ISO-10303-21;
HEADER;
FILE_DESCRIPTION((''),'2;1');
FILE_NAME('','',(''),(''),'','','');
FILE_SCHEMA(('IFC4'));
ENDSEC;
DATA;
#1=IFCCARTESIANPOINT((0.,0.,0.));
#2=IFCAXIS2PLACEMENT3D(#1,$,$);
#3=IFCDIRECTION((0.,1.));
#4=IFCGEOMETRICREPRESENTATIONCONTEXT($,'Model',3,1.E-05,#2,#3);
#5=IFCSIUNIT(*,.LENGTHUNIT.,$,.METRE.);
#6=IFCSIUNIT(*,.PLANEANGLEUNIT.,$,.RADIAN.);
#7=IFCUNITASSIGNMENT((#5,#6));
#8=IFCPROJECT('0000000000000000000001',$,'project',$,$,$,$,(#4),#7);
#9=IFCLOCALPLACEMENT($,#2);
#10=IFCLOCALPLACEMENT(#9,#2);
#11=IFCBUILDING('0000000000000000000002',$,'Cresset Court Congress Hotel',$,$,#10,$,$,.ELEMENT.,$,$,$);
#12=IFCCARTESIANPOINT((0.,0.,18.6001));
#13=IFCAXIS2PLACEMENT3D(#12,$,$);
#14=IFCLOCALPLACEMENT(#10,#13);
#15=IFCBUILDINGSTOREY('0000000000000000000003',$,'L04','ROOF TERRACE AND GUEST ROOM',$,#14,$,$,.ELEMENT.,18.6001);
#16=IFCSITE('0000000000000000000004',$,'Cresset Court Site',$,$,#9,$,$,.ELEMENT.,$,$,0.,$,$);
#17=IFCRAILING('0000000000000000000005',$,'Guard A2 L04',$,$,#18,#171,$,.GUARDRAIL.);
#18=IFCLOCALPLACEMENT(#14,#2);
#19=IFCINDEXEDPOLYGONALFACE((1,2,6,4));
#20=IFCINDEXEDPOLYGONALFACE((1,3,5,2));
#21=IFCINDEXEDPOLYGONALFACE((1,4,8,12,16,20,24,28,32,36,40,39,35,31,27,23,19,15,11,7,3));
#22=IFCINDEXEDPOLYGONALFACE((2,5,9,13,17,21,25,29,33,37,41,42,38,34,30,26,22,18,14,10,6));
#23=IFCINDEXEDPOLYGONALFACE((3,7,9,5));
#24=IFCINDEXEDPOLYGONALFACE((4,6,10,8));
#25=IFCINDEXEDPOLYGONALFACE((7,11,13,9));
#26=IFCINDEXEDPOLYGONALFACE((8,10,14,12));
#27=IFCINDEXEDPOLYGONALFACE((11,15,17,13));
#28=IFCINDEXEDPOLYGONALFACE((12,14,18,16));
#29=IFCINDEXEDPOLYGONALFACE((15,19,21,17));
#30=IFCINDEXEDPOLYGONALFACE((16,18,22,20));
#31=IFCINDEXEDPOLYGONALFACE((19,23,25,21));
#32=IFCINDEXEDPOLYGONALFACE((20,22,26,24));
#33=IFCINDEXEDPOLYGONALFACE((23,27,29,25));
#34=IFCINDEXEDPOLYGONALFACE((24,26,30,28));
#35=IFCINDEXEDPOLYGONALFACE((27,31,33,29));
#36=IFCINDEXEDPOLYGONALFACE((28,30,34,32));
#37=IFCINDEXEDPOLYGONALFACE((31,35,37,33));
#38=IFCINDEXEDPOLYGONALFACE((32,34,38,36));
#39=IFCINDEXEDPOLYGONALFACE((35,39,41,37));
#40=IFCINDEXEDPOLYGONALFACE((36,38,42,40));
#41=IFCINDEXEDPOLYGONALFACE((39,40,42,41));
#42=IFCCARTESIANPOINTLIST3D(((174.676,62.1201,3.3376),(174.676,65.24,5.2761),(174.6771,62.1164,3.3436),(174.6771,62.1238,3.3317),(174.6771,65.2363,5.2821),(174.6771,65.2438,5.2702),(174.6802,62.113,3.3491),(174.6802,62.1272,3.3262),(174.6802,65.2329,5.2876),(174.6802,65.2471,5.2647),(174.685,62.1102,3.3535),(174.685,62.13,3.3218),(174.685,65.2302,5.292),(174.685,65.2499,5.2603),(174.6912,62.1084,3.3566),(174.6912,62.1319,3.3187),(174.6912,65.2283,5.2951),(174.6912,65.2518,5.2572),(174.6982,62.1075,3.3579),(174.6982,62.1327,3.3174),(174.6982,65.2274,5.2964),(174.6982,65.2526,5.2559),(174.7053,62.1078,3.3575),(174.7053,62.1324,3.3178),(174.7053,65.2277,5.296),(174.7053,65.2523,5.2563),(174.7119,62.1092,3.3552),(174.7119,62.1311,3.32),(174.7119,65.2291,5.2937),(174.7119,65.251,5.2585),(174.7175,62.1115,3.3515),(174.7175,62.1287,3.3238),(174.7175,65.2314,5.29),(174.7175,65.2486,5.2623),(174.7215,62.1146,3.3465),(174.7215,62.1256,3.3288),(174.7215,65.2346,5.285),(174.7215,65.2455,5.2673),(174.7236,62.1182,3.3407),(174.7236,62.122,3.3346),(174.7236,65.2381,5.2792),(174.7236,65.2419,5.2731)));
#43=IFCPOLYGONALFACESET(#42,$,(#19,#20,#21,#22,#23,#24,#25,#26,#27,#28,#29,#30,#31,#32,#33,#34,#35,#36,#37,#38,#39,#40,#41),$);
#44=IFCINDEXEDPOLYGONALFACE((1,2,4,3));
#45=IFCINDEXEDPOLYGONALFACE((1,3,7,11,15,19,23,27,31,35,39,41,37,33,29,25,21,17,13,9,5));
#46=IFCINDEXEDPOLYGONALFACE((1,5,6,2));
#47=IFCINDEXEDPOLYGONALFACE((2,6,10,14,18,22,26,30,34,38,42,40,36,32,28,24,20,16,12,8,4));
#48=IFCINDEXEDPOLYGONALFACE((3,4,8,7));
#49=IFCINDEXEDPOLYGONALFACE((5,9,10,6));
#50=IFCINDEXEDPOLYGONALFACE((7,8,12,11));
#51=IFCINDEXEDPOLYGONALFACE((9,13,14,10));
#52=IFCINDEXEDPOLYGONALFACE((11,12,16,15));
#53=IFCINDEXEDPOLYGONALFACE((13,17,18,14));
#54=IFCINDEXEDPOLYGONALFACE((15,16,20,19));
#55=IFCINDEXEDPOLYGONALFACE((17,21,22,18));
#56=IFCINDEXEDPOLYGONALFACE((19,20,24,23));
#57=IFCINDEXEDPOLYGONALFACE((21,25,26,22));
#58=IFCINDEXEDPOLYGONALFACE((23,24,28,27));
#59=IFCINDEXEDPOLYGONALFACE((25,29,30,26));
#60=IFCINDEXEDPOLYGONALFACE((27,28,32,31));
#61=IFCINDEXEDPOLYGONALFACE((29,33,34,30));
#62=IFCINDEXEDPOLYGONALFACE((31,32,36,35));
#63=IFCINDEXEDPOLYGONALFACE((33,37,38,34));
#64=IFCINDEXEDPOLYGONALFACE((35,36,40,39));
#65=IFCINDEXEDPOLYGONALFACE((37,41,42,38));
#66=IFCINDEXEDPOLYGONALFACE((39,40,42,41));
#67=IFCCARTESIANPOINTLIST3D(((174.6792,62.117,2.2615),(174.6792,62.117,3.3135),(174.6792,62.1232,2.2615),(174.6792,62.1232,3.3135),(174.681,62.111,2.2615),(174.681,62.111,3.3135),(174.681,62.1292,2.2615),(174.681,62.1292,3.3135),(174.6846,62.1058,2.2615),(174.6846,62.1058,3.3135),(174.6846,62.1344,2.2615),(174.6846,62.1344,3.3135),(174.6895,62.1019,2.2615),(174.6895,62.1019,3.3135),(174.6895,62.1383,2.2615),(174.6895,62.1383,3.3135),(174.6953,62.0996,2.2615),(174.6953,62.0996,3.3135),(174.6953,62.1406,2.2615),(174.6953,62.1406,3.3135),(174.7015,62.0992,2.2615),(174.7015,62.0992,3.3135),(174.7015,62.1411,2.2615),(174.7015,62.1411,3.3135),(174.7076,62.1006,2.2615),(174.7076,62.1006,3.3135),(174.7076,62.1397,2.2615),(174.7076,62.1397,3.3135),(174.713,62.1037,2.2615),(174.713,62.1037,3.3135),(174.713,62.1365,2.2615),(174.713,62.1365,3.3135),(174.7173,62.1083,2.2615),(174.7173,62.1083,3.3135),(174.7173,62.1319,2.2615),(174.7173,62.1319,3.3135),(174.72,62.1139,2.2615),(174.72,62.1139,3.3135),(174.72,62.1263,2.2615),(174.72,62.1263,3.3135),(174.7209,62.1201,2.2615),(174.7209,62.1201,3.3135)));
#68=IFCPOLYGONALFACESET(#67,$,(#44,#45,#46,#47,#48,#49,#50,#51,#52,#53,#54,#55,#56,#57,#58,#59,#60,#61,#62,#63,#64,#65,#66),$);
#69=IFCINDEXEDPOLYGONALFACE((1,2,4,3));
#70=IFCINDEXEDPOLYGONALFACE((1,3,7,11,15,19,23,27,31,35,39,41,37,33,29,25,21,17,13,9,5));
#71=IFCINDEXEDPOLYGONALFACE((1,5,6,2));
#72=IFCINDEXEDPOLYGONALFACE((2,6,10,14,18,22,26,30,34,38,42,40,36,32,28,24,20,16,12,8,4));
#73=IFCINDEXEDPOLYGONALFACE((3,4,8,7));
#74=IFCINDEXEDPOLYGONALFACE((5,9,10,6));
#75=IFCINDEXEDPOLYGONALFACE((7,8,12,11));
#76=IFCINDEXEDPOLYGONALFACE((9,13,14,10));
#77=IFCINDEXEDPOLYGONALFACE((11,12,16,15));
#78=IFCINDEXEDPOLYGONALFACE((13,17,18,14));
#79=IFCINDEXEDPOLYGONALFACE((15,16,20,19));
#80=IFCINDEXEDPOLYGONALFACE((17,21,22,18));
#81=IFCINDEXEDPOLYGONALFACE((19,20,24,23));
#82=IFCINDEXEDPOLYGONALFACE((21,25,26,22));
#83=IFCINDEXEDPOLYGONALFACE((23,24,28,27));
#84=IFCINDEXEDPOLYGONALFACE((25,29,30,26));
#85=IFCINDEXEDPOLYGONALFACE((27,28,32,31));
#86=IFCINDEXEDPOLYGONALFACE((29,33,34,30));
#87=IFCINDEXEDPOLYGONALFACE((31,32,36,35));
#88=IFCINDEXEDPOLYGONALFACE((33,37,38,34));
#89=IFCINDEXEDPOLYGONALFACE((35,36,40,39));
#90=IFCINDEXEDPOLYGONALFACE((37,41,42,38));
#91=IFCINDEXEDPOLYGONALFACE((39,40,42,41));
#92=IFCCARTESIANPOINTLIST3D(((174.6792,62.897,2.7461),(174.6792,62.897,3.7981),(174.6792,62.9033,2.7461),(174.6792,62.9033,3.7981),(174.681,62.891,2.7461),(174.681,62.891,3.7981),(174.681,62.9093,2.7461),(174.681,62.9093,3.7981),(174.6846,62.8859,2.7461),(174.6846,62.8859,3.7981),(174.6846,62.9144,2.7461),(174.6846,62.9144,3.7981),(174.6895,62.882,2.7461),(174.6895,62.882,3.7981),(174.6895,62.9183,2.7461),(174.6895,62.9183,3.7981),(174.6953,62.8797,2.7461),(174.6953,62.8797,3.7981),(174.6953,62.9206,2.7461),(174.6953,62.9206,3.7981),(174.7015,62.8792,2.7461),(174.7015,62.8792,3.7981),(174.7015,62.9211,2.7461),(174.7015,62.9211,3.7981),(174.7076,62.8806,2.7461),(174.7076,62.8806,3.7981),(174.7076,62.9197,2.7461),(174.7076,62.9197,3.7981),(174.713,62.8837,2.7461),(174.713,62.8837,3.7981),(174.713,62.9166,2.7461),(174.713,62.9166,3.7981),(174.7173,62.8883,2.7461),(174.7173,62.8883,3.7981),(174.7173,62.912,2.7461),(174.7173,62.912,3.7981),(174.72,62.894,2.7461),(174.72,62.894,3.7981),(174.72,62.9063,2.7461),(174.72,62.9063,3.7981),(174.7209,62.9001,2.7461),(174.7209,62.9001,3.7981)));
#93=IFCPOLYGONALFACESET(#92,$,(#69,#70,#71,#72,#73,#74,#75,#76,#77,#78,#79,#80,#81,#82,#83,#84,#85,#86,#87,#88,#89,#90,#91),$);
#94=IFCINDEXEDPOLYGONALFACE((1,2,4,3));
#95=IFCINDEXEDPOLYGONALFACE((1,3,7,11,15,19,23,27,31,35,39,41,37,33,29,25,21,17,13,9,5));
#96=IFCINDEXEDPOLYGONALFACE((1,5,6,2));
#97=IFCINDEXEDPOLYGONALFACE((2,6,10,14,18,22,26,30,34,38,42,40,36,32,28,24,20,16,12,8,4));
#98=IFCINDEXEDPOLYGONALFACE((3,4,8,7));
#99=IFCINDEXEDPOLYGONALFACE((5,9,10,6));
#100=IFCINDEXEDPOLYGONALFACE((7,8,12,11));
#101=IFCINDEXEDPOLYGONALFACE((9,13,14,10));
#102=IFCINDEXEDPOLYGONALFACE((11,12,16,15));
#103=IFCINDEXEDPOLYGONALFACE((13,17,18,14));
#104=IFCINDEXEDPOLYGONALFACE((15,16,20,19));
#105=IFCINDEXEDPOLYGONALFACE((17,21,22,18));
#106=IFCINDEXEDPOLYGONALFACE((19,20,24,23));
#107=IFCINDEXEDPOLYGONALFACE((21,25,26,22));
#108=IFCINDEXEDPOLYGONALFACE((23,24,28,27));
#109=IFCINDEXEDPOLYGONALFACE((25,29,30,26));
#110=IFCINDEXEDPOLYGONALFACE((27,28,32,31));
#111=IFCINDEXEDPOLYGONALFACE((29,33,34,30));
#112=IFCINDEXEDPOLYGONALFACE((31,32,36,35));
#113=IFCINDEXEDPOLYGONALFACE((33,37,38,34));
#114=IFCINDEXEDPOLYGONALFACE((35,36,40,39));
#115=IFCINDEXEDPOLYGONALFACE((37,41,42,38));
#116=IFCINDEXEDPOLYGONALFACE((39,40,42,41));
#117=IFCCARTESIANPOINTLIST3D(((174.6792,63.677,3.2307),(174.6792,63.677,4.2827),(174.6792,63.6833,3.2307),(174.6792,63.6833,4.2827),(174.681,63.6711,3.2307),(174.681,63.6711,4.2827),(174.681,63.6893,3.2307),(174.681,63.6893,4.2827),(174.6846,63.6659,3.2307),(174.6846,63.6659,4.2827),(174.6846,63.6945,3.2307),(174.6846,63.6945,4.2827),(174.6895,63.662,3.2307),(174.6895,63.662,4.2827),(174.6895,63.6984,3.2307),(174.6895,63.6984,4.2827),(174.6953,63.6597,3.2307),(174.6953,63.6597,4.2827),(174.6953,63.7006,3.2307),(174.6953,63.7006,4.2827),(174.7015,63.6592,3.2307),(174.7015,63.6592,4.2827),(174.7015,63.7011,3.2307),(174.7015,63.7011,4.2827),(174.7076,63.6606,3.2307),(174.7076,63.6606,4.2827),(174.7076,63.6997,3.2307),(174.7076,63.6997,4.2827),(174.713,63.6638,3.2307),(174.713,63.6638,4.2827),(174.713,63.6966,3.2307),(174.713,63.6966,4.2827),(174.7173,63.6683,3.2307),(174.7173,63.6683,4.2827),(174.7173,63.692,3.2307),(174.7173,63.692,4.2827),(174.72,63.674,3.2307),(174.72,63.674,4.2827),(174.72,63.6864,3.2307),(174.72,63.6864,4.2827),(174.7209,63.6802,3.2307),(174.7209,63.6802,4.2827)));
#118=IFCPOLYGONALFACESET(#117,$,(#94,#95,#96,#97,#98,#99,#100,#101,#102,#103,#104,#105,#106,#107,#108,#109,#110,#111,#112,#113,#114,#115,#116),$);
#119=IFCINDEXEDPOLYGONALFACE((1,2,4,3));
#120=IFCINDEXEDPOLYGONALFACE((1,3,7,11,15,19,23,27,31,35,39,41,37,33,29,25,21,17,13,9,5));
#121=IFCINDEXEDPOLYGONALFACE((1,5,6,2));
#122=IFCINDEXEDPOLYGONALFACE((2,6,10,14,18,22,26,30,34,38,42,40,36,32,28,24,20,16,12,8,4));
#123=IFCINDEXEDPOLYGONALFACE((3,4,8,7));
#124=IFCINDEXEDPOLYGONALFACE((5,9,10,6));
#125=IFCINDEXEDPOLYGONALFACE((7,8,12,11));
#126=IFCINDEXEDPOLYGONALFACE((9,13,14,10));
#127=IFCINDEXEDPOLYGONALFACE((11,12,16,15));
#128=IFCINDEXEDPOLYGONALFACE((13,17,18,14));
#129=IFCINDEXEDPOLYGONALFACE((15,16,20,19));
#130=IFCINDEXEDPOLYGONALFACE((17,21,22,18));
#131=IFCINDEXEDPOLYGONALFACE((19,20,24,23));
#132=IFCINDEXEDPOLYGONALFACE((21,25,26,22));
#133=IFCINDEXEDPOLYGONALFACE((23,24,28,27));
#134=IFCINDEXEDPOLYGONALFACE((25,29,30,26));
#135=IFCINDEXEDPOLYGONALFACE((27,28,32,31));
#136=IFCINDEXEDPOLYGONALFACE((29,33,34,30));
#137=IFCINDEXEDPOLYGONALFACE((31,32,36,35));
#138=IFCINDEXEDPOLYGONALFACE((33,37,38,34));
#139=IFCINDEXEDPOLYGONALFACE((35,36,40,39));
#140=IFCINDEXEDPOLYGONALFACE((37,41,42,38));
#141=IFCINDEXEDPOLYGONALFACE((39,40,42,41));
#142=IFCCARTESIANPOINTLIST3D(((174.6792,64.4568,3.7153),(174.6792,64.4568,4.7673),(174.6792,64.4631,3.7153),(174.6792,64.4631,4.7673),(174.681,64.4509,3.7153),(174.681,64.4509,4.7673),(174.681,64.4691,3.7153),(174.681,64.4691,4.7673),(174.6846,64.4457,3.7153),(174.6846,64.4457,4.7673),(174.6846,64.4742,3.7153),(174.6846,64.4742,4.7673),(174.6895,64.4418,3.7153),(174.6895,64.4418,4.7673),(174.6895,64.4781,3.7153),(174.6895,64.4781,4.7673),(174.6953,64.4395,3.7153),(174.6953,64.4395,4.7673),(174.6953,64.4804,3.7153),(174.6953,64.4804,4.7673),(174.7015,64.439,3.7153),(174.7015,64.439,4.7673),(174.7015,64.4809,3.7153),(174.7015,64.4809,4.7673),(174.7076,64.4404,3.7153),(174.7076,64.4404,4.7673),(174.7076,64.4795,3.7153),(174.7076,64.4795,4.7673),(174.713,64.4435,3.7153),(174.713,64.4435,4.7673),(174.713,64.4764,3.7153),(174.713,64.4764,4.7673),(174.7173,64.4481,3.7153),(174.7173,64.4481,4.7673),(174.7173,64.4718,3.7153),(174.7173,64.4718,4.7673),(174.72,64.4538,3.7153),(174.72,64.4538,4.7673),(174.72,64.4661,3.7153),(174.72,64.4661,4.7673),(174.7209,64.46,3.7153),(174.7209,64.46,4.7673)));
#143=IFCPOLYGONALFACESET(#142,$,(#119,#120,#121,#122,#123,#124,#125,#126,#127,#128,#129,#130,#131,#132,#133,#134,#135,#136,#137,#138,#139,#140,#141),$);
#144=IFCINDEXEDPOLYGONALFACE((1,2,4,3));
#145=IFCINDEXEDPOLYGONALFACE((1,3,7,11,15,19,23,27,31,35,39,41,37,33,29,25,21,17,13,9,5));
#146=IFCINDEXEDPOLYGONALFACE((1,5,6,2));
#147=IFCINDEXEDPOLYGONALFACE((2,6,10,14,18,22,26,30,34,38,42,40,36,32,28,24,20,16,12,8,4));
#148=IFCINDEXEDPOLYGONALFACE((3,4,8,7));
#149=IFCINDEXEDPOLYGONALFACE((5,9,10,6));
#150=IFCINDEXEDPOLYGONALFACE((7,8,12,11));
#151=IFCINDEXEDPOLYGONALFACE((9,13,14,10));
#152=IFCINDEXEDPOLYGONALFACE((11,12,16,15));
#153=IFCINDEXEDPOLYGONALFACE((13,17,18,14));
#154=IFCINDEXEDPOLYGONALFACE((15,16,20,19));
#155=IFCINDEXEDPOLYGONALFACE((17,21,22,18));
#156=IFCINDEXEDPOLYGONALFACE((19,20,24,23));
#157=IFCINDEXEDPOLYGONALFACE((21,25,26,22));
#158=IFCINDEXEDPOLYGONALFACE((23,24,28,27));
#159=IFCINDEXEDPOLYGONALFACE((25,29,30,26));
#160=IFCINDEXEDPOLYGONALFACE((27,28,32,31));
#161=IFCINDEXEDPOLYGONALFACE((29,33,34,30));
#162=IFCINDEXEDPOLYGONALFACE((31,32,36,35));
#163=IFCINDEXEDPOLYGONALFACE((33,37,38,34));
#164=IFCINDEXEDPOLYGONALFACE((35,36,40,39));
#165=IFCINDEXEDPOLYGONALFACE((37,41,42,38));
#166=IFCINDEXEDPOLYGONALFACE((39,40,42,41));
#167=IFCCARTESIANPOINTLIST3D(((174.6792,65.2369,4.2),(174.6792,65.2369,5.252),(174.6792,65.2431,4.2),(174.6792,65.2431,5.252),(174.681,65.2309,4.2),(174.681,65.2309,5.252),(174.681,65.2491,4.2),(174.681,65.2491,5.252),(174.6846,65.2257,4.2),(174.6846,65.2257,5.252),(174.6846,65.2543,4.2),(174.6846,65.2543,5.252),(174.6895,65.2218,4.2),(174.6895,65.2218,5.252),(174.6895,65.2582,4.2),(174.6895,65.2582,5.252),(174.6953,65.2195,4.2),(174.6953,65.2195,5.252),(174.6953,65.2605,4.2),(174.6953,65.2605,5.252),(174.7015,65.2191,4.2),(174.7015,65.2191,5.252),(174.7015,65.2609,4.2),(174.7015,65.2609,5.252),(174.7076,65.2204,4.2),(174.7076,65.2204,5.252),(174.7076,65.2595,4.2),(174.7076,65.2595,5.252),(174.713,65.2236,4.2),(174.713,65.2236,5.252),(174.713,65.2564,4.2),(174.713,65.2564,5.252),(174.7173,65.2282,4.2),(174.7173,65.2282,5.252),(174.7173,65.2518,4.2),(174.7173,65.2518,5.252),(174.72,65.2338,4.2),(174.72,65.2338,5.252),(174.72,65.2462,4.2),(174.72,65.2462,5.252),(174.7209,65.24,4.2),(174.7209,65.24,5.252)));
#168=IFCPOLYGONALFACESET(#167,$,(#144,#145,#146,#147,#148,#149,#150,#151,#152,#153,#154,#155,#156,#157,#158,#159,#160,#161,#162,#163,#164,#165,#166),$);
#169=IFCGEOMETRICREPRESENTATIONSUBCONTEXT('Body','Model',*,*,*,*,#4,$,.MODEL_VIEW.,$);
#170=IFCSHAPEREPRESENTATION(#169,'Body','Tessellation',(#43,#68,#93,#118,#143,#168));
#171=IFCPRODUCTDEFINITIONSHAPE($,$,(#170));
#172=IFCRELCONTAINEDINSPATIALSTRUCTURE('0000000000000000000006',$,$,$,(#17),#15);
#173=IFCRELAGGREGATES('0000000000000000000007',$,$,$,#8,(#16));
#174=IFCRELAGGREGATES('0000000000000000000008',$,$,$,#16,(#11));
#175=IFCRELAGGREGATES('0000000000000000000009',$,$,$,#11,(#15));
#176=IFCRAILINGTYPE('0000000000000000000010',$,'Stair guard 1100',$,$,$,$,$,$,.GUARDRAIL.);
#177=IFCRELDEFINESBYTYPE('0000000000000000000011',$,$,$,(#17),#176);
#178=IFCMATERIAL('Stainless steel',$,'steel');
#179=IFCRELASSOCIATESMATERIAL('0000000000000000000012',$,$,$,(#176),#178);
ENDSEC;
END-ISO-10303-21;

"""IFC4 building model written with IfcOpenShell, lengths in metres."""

from ifc_helpers import new_model, si_unit, direction, frame, origin, origin_2d, place, context, subcontext, project, spatial, circle, extrude, material, type_object, element, save


model = new_model("IFC4")

# Units and contexts
model_context = context("Model", 3, precision=1e-05, world=origin(), true_north=direction((0.0, 1.0)))
body_context = subcontext(model_context, "Body", "Model", "MODEL_VIEW")
ifc_project = project(units=[si_unit("LENGTHUNIT", "METRE"), si_unit("PLANEANGLEUNIT", "RADIAN")], contexts=[model_context])

# Site, building, storey
site_placement = place(None, origin())
site = spatial("IfcSite", under=ifc_project, at=site_placement, Name="Cresset Court Site", CompositionType="ELEMENT", RefElevation=0.0)
building_placement = place(site_placement, origin())
building = spatial("IfcBuilding", under=site, at=building_placement, Name="Cresset Court Congress Hotel", CompositionType="ELEMENT")
storey_placement = place(building_placement, frame((0.0, 0.0, 18.6001)))
storey = spatial("IfcBuildingStorey", under=building, at=storey_placement, Name="L04", Description="ROOF TERRACE AND GUEST ROOM", CompositionType="ELEMENT", Elevation=18.6001)

# Railing
ifc_material_1 = material(Name="Stainless steel", Category="steel")
railing_type_1 = type_object("IfcRailingType", Name="Stair guard 1100", PredefinedType="GUARDRAIL", material=ifc_material_1)
railing_1_placement = place(storey_placement, frame((174.7, 62.1201, 2.2615)))
element("IfcRailing", 1, at=railing_1_placement, inside=storey, type_object=railing_type_1, Name="Guard A2 L04", PredefinedType="GUARDRAIL", context=body_context, shape_type="SweptSolid", body=[
    extrude(circle(Radius=0.0239, at=origin_2d()), frame((0.0, 0.0, 1.0762), z_axis=(0.0, 0.849396, 0.527757), x_axis=(-1.0, 0.0, 0.0)), (0.0, 0.0, 1.0), 3.6731),
    extrude(circle(Radius=0.021, at=origin_2d()), origin(), (0.0, 0.0, 1.0), 1.052),
    extrude(circle(Radius=0.021, at=origin_2d()), frame((0.0, 0.78, 0.4846)), (0.0, 0.0, 1.0), 1.052),
    extrude(circle(Radius=0.021, at=origin_2d()), frame((0.0, 1.5601, 0.9692)), (0.0, 0.0, 1.0), 1.052),
    extrude(circle(Radius=0.021, at=origin_2d()), frame((0.0, 2.3398, 1.4539)), (0.0, 0.0, 1.0), 1.052),
    extrude(circle(Radius=0.021, at=origin_2d()), frame((0.0, 3.1199, 1.9385)), (0.0, 0.0, 1.0), 1.052),
])

save(model, "model.ifc")
